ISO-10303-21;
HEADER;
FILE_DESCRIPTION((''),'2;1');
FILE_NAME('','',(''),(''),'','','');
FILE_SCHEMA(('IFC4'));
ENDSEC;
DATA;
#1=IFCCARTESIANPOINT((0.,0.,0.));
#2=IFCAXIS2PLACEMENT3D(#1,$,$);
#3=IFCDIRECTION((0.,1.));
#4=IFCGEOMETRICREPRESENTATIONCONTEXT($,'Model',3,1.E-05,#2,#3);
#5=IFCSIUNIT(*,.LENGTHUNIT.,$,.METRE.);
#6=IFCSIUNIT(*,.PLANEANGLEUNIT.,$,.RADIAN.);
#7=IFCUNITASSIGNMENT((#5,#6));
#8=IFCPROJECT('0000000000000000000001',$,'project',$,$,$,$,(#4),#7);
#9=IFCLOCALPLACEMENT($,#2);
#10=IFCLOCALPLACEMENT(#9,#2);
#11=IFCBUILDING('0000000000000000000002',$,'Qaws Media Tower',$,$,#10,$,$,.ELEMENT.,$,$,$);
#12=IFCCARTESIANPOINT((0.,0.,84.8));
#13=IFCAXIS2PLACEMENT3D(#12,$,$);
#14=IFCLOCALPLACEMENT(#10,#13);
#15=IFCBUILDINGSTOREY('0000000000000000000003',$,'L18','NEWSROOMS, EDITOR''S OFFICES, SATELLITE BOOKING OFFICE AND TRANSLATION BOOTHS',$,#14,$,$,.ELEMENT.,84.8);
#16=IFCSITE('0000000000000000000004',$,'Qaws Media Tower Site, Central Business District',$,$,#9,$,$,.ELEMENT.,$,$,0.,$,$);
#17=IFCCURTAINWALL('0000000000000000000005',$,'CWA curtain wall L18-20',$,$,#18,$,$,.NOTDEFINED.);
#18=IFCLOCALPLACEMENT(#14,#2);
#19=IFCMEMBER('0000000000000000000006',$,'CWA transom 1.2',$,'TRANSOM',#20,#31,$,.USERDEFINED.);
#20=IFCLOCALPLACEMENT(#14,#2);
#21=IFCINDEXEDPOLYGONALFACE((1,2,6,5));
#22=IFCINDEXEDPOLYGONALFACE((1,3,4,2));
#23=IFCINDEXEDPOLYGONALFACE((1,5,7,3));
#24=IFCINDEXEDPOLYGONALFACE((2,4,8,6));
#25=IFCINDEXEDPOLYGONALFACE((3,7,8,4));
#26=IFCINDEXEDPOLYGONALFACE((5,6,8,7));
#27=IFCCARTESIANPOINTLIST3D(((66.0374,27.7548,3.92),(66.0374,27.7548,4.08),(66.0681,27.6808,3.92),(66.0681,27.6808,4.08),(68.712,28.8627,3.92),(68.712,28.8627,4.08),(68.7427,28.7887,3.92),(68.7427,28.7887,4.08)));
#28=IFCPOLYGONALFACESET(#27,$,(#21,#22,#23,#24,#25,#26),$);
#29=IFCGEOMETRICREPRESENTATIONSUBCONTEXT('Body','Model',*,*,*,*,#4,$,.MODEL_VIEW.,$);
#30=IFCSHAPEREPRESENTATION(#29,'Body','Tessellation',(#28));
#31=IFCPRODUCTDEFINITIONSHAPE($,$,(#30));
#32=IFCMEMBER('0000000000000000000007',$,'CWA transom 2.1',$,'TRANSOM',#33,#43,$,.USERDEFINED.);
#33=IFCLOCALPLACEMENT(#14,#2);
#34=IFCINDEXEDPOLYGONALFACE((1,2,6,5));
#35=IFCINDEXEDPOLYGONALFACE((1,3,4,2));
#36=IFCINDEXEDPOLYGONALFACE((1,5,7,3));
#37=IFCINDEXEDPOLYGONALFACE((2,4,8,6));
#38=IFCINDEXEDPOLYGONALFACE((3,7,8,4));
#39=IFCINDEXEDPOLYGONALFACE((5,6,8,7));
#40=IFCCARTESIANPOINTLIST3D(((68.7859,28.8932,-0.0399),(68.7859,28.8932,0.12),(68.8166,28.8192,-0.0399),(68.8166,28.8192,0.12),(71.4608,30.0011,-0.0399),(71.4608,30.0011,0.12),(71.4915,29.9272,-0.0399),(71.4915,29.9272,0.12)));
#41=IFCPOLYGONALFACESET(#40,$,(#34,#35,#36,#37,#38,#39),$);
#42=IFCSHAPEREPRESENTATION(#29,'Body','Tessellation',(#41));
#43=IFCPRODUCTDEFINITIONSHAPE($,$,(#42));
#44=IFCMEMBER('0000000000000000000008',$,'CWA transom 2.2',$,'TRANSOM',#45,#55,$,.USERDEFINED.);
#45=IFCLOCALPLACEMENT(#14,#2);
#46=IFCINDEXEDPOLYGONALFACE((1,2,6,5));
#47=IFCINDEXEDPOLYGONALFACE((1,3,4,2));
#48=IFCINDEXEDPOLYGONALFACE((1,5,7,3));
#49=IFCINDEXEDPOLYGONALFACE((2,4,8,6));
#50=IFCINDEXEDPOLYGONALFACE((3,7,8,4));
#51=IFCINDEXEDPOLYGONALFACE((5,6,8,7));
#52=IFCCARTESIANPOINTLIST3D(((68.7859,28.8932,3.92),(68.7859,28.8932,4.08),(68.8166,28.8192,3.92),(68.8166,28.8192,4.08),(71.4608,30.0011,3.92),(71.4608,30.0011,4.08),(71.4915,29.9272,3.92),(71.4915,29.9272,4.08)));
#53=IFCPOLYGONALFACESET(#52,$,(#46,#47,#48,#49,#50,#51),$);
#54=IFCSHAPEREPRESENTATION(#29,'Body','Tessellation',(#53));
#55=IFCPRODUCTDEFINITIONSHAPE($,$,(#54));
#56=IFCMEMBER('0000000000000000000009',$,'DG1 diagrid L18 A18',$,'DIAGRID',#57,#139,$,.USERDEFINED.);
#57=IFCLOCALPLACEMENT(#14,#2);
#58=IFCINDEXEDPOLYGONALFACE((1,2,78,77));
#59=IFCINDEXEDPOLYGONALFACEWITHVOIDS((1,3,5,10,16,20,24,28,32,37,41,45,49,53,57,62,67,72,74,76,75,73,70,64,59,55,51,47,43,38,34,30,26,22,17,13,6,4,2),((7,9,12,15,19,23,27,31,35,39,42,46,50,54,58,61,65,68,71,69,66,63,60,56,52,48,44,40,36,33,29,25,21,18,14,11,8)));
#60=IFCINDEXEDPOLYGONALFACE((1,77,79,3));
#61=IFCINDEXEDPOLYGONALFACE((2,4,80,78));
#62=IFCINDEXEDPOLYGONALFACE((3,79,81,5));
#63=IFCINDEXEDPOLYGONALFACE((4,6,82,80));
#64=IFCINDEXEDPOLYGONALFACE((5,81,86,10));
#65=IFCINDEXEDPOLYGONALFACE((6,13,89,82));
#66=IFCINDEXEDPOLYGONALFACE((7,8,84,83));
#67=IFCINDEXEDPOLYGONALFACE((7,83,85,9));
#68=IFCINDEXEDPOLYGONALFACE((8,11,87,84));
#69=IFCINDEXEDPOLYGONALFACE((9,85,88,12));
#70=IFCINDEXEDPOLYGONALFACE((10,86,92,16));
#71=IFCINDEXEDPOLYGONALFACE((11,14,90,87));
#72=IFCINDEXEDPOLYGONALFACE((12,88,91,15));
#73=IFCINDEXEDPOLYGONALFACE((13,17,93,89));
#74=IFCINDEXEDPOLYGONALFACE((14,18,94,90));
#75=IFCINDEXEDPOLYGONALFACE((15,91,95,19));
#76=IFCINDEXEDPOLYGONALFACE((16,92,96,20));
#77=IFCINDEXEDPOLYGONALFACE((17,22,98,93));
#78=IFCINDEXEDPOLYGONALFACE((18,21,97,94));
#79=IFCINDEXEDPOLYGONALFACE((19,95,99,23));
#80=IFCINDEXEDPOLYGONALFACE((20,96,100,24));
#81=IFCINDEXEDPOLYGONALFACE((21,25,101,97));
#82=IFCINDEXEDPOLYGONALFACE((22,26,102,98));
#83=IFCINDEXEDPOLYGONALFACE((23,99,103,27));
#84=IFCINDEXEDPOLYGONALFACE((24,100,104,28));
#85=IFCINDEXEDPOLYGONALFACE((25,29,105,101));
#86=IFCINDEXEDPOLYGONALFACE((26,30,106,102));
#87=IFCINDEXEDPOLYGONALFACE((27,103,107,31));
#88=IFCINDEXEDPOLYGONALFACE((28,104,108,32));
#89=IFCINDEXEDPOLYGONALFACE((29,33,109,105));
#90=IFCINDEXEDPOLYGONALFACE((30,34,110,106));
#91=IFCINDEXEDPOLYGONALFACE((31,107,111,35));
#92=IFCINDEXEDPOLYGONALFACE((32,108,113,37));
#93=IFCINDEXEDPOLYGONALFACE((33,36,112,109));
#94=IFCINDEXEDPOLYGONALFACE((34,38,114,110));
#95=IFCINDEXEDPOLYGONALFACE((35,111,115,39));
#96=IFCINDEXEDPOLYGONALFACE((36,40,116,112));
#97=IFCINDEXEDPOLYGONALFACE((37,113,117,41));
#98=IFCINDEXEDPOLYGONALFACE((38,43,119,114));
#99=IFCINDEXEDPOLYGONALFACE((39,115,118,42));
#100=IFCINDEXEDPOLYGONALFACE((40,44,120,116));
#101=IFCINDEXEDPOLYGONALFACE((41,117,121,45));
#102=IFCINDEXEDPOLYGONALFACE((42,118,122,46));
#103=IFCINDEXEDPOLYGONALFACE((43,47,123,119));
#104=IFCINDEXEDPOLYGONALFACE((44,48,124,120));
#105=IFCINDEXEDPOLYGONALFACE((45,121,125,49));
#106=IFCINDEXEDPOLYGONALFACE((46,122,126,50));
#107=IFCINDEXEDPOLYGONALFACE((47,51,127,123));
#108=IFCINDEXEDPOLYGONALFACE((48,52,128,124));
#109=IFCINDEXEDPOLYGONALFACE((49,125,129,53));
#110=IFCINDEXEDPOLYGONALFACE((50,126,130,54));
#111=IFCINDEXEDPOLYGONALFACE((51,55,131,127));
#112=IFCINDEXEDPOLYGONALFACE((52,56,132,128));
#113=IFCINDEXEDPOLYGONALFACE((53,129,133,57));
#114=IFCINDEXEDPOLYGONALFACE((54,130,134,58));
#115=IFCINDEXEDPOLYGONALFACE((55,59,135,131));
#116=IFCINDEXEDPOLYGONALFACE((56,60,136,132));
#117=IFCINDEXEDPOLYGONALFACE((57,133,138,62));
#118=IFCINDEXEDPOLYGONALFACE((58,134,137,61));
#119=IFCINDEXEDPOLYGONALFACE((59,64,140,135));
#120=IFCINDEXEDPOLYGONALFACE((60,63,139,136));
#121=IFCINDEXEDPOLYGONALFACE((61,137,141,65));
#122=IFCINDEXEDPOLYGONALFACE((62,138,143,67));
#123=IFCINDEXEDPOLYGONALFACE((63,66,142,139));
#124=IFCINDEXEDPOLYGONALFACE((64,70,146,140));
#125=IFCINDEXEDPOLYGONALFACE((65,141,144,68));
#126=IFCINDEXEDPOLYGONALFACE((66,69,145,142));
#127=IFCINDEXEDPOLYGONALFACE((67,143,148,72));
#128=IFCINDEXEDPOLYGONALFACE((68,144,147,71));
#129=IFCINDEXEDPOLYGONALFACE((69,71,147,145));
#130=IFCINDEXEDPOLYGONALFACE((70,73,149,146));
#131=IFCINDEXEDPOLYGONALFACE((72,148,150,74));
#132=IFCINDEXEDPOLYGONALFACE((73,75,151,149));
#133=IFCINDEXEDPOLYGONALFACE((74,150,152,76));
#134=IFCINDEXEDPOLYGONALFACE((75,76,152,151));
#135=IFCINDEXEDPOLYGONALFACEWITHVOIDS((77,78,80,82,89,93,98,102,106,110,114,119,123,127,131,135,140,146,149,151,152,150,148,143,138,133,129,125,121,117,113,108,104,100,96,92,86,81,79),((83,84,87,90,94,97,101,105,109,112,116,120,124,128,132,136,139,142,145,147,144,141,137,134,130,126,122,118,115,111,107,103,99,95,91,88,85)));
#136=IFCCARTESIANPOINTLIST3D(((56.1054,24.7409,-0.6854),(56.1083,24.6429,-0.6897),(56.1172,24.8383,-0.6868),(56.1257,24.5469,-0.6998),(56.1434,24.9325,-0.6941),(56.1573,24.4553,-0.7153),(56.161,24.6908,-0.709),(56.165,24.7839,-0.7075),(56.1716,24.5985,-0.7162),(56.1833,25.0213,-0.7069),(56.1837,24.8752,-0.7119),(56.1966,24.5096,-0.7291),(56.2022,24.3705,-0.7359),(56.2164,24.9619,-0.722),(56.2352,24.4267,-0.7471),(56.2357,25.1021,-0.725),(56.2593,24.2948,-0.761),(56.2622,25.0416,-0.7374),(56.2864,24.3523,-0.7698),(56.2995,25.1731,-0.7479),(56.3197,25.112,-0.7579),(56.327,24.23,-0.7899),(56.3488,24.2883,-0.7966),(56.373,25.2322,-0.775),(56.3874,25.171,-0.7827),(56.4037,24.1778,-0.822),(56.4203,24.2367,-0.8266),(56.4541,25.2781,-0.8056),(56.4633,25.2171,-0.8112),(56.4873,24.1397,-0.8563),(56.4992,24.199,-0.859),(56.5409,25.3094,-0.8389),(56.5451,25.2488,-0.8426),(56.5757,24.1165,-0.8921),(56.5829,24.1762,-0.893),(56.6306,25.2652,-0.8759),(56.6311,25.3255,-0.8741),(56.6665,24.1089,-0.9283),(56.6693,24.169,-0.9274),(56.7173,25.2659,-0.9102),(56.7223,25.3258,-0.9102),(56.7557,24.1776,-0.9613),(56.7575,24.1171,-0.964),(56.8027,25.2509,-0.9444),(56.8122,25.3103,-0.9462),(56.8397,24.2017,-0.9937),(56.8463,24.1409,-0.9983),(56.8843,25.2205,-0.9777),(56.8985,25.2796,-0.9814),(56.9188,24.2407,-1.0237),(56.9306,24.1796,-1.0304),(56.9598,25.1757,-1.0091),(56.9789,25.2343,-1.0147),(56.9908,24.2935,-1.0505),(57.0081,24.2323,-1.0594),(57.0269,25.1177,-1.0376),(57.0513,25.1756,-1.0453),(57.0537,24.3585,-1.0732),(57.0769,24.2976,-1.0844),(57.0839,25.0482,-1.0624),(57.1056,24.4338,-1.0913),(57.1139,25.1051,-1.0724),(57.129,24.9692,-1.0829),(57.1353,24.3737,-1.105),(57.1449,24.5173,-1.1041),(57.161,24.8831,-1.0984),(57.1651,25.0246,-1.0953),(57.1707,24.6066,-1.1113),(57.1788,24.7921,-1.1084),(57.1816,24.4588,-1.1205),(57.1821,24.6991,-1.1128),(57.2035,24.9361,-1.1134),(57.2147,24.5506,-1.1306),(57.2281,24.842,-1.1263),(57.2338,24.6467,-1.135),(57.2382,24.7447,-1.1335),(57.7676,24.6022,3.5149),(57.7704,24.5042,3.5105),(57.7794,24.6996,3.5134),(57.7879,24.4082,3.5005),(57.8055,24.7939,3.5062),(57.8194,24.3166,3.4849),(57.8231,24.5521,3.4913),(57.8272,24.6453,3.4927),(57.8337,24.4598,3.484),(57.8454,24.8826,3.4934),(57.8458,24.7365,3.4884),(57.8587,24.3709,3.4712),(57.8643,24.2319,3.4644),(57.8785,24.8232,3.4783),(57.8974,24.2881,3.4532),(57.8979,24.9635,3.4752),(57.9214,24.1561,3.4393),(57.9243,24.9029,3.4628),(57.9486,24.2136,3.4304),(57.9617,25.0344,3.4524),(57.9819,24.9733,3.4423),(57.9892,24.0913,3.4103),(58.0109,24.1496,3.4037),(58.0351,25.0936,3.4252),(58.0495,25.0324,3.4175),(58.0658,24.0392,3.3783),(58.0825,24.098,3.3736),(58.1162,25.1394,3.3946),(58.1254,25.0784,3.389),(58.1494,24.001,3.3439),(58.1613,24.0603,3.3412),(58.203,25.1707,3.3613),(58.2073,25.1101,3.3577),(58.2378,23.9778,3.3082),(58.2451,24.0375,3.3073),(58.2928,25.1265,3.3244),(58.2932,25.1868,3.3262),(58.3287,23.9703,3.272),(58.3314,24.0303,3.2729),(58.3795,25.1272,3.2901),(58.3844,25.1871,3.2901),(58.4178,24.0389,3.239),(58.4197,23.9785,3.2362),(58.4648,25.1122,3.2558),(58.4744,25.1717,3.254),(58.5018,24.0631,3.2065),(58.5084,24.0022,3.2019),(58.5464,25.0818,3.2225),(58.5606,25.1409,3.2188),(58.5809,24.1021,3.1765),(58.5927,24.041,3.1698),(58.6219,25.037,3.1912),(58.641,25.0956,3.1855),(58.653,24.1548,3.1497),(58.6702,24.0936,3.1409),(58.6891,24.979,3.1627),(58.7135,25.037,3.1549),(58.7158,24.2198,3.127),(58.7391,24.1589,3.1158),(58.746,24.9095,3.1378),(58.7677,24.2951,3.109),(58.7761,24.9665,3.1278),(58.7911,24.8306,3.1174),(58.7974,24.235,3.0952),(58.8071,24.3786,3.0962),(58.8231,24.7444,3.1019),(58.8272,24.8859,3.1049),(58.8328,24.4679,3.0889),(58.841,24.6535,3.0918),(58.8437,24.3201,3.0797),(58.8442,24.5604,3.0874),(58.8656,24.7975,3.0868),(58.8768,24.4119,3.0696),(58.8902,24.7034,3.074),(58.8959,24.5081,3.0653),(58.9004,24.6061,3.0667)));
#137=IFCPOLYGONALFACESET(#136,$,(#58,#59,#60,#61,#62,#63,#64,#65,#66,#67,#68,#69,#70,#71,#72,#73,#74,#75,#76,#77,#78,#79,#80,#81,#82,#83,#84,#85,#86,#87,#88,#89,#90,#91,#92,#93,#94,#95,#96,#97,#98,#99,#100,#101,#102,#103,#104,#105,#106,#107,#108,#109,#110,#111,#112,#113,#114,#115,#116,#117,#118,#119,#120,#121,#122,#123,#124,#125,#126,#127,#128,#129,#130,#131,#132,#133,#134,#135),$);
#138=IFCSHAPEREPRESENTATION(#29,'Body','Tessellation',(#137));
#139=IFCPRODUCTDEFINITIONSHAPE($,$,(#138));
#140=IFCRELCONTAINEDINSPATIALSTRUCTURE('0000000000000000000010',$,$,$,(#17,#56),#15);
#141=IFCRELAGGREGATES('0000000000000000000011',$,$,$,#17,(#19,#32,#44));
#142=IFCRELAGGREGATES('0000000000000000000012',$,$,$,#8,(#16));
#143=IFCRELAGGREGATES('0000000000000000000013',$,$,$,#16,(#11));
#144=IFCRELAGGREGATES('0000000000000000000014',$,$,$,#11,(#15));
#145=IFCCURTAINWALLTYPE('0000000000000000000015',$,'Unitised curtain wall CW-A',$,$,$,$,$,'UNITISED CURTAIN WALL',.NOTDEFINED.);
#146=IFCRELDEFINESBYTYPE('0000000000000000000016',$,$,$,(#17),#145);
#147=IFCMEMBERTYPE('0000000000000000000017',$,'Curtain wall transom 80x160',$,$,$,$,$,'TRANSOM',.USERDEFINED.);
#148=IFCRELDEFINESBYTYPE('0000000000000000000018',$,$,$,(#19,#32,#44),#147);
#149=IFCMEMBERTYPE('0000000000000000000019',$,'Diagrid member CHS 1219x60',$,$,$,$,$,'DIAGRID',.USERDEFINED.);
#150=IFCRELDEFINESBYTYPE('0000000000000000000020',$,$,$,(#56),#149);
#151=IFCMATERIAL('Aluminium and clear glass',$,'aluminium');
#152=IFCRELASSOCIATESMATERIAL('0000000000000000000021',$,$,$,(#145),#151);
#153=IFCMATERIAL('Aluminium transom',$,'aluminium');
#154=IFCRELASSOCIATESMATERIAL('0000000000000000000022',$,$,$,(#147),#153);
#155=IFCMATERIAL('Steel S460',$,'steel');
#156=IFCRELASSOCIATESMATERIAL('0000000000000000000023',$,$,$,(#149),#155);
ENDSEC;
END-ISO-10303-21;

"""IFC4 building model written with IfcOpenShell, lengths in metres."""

from ifc_helpers import new_model, si_unit, direction, frame, origin, origin_2d, place, context, subcontext, project, spatial, rectangle, hollow_circle, extrude, material, material_profile, profile_set, type_object, element, aggregate, save


model = new_model("IFC4")

# Units and contexts
model_context = context("Model", 3, precision=1e-05, world=origin(), true_north=direction((0.0, 1.0)))
body_context = subcontext(model_context, "Body", "Model", "MODEL_VIEW")
ifc_project = project(units=[si_unit("LENGTHUNIT", "METRE"), si_unit("PLANEANGLEUNIT", "RADIAN")], contexts=[model_context])

# Site, building, storey
site_placement = place(None, origin())
site = spatial("IfcSite", under=ifc_project, at=site_placement, Name="Qaws Media Tower Site, Central Business District", CompositionType="ELEMENT", RefElevation=0.0)
building_placement = place(site_placement, origin())
building = spatial("IfcBuilding", under=site, at=building_placement, Name="Qaws Media Tower", CompositionType="ELEMENT")
storey_placement = place(building_placement, frame((0.0, 0.0, 84.8)))
storey = spatial("IfcBuildingStorey", under=building, at=storey_placement, Name="L18", Description="NEWSROOMS, EDITOR'S OFFICES, SATELLITE BOOKING OFFICE AND TRANSLATION BOOTHS", CompositionType="ELEMENT", Elevation=84.8)

# Curtain wall
ifc_material_1 = material(Name="Aluminium and clear glass", Category="aluminium")
curtain_wall_type = type_object("IfcCurtainWallType", Name="Unitised curtain wall CW-A", ElementType="UNITISED CURTAIN WALL", PredefinedType="NOTDEFINED", material=ifc_material_1)
curtain_wall_1_placement = place(storey_placement, origin())
curtain_wall_1 = element("IfcCurtainWall", 1, at=curtain_wall_1_placement, inside=storey, type_object=curtain_wall_type, Name="CWA curtain wall L18-20", PredefinedType="NOTDEFINED")

# Members
ifc_material_2 = material(Name="Aluminium transom", Category="aluminium")
ifc_material_profile_1 = material_profile(ifc_material_2, rectangle(XDim=0.0801, YDim=0.1599, at=origin_2d()), Name="80x160")
ifc_profile_set_1 = profile_set([ifc_material_profile_1], Name="Aluminium transom")
member_type_1 = type_object("IfcMemberType", Name="Curtain wall transom 80x160", ElementType="TRANSOM", PredefinedType="USERDEFINED", material=ifc_profile_set_1)
member_1_placement = place(storey_placement, frame((66.0527, 27.7178, 4.0), z_axis=(0.923871, 0.382704, 0.0), x_axis=(-0.382704, 0.923871, 0.0)))
member_1 = element("IfcMember", 2, at=member_1_placement, type_object=member_type_1, Name="CWA transom 1.2", ObjectType="TRANSOM", PredefinedType="USERDEFINED", context=body_context, shape_type="SweptSolid", body=[
    extrude(rectangle(XDim=0.0801, YDim=0.1599, at=origin_2d()), origin(), (0.0, 0.0, 1.0), 2.895),
])
member_2_placement = place(storey_placement, frame((68.8013, 28.8562, 0.04), z_axis=(0.923883, 0.382675, 0.0), x_axis=(-0.382675, 0.923883, 0.0)))
member_2 = element("IfcMember", 3, at=member_2_placement, type_object=member_type_1, Name="CWA transom 2.1", ObjectType="TRANSOM", PredefinedType="USERDEFINED", context=body_context, shape_type="SweptSolid", body=[
    extrude(rectangle(XDim=0.0801, YDim=0.1599, at=origin_2d()), origin(), (0.0, 0.0, 1.0), 2.8953),
])
member_3_placement = place(storey_placement, frame((68.8013, 28.8562, 4.0), z_axis=(0.923883, 0.382675, 0.0), x_axis=(-0.382675, 0.923883, 0.0)))
member_3 = element("IfcMember", 4, at=member_3_placement, type_object=member_type_1, Name="CWA transom 2.2", ObjectType="TRANSOM", PredefinedType="USERDEFINED", context=body_context, shape_type="SweptSolid", body=[
    extrude(rectangle(XDim=0.0801, YDim=0.1599, at=origin_2d()), origin(), (0.0, 0.0, 1.0), 2.8953),
])

# Member
ifc_material_3 = material(Name="Steel S460", Category="steel")
ifc_material_profile_2 = material_profile(ifc_material_3, hollow_circle(Radius=0.6096, WallThickness=0.0601, at=origin_2d()), Name="CHS 1219x60")
ifc_profile_set_2 = profile_set([ifc_material_profile_2], Name="Steel S460")
member_type_2 = type_object("IfcMemberType", Name="Diagrid member CHS 1219x60", ElementType="DIAGRID", PredefinedType="USERDEFINED", material=ifc_profile_set_2)
for number, where, z_axis, x_axis, name in (
    (5, (56.6716, 24.7183, -0.9102), (0.367786, -0.030685, 0.929404), (0.083142, 0.996538, 0.0), "DG1 diagrid L18 A18"),
):
    element("IfcMember", number, at=place(storey_placement, frame(where, z_axis=z_axis, x_axis=x_axis)), inside=storey, type_object=member_type_2, Name=name, ObjectType="DIAGRID", PredefinedType="USERDEFINED", context=body_context, shape_type="SweptSolid", body=[
        extrude(hollow_circle(Radius=0.6096, WallThickness=0.0601, at=origin_2d()), origin(), (0.0, 0.0, 1.0), 4.5193),
    ])

aggregate(curtain_wall_1, [member_1, member_2, member_3])

save(model, "model.ifc")
